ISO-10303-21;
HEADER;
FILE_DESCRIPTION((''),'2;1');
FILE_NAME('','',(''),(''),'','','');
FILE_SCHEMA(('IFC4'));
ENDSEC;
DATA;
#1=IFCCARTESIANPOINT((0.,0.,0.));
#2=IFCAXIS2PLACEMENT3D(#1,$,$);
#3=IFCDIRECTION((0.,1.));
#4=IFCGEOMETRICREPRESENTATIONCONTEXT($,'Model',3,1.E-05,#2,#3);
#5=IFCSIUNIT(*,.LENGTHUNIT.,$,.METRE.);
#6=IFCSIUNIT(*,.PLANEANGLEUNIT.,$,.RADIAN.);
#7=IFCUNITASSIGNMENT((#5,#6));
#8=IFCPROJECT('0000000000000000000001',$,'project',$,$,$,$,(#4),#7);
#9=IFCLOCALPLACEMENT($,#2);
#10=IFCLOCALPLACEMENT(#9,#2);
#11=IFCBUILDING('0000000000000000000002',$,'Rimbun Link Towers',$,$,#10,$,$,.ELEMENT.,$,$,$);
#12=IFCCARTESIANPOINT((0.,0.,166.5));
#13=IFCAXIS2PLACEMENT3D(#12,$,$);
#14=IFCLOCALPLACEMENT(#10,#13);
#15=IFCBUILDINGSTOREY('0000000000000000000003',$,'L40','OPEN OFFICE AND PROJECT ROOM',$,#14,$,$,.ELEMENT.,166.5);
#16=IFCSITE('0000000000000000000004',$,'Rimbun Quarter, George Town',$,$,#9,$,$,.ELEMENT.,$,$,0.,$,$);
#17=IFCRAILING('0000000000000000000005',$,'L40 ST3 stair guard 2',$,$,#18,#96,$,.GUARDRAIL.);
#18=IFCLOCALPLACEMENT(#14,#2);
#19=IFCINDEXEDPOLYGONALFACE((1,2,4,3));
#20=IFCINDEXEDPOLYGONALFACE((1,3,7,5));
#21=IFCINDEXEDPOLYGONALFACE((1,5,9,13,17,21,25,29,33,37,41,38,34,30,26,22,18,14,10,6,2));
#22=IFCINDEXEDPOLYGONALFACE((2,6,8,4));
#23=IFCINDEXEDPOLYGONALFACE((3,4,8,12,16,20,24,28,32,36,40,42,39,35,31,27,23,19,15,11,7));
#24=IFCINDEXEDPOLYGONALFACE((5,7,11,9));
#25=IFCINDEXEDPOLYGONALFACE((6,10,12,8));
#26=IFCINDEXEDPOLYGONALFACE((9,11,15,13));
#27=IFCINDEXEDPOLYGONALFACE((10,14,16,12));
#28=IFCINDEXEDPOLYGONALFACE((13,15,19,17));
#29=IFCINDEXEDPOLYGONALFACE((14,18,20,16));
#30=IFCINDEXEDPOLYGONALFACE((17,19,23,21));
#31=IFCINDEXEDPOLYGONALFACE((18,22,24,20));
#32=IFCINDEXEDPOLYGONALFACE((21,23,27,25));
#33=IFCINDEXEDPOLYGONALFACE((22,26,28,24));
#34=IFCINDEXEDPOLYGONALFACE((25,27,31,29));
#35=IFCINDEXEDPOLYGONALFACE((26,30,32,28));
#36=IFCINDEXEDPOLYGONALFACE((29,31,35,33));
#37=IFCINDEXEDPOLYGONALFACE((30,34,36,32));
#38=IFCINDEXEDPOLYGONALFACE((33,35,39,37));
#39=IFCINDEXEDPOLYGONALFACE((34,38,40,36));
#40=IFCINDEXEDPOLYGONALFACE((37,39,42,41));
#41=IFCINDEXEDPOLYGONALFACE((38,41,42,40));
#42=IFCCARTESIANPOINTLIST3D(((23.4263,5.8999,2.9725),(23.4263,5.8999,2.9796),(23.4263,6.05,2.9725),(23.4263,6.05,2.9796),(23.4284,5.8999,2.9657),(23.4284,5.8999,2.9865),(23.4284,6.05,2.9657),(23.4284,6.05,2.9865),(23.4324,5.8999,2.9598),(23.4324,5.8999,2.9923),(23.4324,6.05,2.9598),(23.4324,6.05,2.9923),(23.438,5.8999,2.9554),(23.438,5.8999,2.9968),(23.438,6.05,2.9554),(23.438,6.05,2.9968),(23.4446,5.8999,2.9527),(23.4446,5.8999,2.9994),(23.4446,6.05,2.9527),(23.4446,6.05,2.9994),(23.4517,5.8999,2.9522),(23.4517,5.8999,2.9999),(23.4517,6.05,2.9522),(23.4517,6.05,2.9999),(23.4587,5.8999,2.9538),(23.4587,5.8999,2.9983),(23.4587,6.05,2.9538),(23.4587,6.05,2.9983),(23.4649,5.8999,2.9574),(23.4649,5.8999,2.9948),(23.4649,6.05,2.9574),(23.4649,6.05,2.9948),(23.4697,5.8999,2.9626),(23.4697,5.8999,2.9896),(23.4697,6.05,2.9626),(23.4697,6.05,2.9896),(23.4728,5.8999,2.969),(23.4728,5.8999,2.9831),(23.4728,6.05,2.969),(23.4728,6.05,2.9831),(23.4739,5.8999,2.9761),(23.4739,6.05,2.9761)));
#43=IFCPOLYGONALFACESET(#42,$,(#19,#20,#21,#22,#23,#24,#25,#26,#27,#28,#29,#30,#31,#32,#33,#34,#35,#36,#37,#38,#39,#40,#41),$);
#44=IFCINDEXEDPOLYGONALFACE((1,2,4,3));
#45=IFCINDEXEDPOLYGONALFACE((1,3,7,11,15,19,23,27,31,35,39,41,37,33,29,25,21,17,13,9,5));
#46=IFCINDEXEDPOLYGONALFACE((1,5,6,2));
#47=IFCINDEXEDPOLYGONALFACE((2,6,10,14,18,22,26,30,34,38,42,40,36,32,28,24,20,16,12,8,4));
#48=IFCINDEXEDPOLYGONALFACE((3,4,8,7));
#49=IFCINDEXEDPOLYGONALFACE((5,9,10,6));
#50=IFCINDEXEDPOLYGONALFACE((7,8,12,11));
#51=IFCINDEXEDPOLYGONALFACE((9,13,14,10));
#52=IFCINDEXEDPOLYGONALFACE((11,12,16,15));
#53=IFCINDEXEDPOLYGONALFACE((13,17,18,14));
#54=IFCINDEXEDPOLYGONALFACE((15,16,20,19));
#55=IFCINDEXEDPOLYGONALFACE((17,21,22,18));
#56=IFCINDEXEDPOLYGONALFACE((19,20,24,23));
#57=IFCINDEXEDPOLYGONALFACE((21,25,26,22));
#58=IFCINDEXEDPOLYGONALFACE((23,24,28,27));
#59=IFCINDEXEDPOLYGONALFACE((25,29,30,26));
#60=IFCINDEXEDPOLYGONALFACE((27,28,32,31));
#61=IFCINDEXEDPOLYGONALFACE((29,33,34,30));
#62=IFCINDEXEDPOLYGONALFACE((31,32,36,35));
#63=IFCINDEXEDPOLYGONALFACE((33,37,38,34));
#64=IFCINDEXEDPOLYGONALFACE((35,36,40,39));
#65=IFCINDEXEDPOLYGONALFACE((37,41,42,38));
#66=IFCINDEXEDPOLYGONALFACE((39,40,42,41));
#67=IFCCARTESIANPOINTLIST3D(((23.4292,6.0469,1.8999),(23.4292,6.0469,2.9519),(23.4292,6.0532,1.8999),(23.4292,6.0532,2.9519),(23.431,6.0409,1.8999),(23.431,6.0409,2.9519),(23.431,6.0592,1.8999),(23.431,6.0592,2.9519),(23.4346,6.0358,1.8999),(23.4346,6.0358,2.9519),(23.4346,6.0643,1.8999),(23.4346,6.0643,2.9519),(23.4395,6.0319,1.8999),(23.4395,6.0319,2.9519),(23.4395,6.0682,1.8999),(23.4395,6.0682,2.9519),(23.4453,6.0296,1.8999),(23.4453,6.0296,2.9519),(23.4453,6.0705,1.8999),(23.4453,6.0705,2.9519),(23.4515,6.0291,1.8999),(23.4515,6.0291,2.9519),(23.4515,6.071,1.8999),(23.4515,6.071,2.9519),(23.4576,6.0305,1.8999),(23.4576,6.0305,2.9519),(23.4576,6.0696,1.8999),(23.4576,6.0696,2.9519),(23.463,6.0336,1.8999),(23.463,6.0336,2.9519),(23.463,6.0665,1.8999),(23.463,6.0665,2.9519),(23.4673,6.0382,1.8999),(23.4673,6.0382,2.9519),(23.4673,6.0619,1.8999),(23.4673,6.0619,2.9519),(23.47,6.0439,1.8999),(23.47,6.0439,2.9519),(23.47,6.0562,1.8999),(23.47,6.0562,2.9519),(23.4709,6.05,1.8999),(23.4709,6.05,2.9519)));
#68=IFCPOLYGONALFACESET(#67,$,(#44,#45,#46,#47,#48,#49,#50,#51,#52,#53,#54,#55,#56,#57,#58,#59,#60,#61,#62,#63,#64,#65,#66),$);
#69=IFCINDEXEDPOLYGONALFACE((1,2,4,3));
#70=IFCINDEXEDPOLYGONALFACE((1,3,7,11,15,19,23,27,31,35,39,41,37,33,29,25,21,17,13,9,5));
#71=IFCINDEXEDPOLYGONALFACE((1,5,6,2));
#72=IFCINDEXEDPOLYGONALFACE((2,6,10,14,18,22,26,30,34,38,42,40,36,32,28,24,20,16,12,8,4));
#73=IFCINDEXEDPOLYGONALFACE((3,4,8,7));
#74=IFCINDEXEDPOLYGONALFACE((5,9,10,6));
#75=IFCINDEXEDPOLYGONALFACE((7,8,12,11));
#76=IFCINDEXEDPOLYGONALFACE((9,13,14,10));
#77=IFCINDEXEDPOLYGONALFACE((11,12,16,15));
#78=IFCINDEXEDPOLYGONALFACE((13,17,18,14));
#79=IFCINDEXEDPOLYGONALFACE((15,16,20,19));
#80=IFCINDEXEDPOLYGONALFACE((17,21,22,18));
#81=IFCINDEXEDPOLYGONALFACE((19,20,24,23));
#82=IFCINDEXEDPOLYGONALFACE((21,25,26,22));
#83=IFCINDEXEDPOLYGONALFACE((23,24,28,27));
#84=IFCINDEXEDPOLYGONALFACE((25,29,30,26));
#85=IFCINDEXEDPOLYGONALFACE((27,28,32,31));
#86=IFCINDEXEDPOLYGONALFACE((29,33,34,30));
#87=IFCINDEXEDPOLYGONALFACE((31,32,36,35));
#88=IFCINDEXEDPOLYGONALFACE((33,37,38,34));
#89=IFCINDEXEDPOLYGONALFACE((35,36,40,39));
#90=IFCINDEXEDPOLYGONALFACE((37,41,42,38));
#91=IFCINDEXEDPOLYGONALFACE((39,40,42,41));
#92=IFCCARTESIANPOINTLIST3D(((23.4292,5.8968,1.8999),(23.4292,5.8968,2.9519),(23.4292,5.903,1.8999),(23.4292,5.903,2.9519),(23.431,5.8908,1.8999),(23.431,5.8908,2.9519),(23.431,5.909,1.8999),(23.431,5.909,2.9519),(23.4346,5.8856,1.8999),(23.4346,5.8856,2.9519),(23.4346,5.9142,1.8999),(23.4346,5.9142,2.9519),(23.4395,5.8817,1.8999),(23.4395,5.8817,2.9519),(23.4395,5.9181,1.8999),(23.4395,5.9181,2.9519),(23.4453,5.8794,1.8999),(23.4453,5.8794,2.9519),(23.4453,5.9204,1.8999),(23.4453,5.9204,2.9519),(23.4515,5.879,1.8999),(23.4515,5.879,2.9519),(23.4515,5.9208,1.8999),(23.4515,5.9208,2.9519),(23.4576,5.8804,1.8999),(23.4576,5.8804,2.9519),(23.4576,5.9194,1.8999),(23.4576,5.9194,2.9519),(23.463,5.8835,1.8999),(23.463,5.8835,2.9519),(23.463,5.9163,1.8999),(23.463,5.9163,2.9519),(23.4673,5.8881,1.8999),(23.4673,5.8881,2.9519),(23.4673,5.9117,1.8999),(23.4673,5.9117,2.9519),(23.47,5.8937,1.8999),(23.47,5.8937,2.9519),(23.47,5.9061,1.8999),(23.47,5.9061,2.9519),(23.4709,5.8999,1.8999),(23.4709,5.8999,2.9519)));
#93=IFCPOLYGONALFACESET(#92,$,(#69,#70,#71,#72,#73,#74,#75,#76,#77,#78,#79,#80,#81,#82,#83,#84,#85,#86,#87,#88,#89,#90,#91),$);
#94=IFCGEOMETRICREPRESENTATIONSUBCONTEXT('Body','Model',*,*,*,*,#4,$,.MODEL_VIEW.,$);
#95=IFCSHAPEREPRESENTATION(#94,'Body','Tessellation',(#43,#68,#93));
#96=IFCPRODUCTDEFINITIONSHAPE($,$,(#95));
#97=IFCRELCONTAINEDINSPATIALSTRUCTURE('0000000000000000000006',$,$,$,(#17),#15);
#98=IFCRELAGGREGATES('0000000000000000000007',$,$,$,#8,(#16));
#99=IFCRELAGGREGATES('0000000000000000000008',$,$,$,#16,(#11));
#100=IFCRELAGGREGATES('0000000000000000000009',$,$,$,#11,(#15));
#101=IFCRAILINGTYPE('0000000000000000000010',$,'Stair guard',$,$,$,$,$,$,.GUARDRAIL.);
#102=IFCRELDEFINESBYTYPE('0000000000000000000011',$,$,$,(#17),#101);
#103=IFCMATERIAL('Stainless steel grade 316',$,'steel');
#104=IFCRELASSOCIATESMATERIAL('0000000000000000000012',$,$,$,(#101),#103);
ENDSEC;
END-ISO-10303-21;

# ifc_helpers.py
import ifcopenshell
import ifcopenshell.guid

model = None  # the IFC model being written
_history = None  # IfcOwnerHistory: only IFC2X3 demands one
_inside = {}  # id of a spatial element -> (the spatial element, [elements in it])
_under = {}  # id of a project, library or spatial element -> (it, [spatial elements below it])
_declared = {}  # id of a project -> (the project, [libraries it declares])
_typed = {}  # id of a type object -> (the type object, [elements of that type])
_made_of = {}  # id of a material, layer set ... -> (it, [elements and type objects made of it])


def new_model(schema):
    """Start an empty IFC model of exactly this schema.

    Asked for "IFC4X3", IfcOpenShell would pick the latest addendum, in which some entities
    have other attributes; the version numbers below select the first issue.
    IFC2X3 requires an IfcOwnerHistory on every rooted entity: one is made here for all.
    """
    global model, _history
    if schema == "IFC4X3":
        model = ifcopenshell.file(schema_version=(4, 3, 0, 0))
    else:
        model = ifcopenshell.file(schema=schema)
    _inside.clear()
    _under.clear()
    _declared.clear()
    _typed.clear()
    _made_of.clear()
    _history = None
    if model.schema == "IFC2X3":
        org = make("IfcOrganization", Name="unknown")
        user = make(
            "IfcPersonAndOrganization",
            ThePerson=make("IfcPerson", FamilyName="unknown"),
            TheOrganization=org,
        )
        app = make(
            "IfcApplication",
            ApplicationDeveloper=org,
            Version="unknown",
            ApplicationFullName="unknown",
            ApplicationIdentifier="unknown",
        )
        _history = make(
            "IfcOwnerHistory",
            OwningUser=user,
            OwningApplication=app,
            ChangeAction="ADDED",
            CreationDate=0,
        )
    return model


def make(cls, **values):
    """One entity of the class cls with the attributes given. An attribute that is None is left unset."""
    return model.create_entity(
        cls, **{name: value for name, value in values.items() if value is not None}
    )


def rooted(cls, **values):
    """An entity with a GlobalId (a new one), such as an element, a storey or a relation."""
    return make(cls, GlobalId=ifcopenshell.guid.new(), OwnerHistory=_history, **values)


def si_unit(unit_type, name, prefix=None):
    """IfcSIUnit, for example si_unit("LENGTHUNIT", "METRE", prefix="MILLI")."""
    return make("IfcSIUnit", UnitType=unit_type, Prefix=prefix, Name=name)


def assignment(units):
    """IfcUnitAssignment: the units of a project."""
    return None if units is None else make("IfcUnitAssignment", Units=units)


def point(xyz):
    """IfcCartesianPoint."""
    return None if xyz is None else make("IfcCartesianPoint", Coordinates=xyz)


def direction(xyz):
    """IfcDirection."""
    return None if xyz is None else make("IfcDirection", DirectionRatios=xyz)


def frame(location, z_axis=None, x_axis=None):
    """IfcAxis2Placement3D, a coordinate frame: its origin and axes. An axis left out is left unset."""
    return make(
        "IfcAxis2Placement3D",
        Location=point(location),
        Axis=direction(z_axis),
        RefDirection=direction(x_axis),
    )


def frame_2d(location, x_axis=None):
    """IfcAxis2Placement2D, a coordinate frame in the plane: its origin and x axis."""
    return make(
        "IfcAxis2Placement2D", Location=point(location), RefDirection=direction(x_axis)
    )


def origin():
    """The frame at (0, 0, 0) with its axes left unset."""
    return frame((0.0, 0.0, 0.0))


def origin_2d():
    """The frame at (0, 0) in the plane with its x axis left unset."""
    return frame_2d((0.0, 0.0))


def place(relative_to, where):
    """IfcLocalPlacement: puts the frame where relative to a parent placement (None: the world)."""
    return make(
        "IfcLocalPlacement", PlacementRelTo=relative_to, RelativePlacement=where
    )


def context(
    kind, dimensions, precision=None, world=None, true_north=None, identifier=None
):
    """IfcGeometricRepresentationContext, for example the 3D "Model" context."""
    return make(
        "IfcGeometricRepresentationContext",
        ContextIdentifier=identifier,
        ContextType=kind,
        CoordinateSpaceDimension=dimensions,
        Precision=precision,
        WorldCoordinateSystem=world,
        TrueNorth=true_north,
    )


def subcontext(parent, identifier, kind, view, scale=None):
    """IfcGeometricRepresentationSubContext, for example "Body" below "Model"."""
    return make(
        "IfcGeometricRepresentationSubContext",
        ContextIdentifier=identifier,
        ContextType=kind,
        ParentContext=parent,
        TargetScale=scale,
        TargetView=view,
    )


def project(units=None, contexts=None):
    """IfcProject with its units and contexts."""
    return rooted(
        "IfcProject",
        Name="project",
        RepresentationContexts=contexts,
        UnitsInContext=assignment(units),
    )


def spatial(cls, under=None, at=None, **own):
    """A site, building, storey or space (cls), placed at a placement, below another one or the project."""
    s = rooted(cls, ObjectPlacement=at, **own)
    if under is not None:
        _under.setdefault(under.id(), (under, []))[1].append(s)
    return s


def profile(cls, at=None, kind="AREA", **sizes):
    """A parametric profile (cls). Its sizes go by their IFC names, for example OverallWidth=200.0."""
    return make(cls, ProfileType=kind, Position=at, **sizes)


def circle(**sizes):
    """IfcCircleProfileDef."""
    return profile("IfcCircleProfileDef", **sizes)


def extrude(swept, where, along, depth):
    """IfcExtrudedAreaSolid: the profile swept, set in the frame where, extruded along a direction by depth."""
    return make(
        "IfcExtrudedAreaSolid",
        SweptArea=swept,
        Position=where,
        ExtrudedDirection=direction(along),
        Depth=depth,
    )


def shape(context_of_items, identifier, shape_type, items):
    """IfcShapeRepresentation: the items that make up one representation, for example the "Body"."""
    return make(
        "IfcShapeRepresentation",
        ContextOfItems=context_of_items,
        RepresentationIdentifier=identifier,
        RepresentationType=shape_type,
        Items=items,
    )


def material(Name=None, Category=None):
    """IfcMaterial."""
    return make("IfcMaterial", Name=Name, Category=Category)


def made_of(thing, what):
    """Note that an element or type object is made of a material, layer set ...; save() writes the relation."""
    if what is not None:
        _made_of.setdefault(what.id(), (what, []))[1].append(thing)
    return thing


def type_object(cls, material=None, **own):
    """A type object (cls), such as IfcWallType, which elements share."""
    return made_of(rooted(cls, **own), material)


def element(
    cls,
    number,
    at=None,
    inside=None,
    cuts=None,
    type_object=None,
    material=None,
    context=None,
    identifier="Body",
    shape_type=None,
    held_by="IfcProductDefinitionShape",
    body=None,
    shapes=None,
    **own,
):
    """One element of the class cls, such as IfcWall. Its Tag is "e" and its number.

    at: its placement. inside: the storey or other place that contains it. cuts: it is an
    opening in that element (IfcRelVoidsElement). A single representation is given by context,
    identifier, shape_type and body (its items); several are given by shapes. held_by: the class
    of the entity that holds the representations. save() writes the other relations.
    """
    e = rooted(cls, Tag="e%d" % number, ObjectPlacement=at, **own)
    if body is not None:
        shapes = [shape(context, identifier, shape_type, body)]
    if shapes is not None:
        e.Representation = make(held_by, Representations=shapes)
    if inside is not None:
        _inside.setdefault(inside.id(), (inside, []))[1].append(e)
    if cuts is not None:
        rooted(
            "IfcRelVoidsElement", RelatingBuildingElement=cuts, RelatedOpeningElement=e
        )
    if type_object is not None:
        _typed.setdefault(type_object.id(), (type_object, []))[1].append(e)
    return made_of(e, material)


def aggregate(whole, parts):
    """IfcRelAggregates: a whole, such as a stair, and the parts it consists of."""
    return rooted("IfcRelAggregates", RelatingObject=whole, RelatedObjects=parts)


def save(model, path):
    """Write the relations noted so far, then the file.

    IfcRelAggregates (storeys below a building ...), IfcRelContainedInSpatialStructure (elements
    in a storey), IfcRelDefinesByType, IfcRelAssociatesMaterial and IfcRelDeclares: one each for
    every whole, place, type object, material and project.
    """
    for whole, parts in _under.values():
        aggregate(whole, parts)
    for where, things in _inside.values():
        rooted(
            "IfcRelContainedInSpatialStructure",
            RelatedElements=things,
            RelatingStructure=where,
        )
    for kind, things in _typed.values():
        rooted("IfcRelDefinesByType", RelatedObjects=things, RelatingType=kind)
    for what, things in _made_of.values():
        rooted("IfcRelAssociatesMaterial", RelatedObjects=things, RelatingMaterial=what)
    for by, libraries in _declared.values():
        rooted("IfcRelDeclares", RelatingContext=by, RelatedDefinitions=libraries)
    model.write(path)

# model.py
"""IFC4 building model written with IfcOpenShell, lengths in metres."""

from ifc_helpers import new_model, si_unit, direction, frame, origin, origin_2d, place, context, subcontext, project, spatial, circle, extrude, material, type_object, element, save


model = new_model("IFC4")

# Units and contexts
model_context = context("Model", 3, precision=1e-05, world=origin(), true_north=direction((0.0, 1.0)))
body_context = subcontext(model_context, "Body", "Model", "MODEL_VIEW")
ifc_project = project(units=[si_unit("LENGTHUNIT", "METRE"), si_unit("PLANEANGLEUNIT", "RADIAN")], contexts=[model_context])

# Site, building, storey
site_placement = place(None, origin())
site = spatial("IfcSite", under=ifc_project, at=site_placement, Name="Rimbun Quarter, George Town", CompositionType="ELEMENT", RefElevation=0.0)
building_placement = place(site_placement, origin())
building = spatial("IfcBuilding", under=site, at=building_placement, Name="Rimbun Link Towers", CompositionType="ELEMENT")
storey_placement = place(building_placement, frame((0.0, 0.0, 166.5)))
storey = spatial("IfcBuildingStorey", under=building, at=storey_placement, Name="L40", Description="OPEN OFFICE AND PROJECT ROOM", CompositionType="ELEMENT", Elevation=166.5)

# Railing
ifc_material_1 = material(Name="Stainless steel grade 316", Category="steel")
railing_type_1 = type_object("IfcRailingType", Name="Stair guard", PredefinedType="GUARDRAIL", material=ifc_material_1)
railing_1_placement = place(storey_placement, frame((23.45, 6.05, 1.8999)))
element("IfcRailing", 1, at=railing_1_placement, inside=storey, type_object=railing_type_1, Name="L40 ST3 stair guard 2", PredefinedType="GUARDRAIL", context=body_context, shape_type="SweptSolid", body=[
    extrude(circle(Radius=0.0239, at=origin_2d()), frame((0.0, 0.0, 1.0762), z_axis=(0.0, -1.0, 0.0), x_axis=(1.0, 0.0, 0.0)), (0.0, 0.0, 1.0), 0.1501),
    extrude(circle(Radius=0.021, at=origin_2d()), origin(), (0.0, 0.0, 1.0), 1.052),
    extrude(circle(Radius=0.021, at=origin_2d()), frame((0.0, -0.1501, 0.0)), (0.0, 0.0, 1.0), 1.052),
])

save(model, "model.ifc")
